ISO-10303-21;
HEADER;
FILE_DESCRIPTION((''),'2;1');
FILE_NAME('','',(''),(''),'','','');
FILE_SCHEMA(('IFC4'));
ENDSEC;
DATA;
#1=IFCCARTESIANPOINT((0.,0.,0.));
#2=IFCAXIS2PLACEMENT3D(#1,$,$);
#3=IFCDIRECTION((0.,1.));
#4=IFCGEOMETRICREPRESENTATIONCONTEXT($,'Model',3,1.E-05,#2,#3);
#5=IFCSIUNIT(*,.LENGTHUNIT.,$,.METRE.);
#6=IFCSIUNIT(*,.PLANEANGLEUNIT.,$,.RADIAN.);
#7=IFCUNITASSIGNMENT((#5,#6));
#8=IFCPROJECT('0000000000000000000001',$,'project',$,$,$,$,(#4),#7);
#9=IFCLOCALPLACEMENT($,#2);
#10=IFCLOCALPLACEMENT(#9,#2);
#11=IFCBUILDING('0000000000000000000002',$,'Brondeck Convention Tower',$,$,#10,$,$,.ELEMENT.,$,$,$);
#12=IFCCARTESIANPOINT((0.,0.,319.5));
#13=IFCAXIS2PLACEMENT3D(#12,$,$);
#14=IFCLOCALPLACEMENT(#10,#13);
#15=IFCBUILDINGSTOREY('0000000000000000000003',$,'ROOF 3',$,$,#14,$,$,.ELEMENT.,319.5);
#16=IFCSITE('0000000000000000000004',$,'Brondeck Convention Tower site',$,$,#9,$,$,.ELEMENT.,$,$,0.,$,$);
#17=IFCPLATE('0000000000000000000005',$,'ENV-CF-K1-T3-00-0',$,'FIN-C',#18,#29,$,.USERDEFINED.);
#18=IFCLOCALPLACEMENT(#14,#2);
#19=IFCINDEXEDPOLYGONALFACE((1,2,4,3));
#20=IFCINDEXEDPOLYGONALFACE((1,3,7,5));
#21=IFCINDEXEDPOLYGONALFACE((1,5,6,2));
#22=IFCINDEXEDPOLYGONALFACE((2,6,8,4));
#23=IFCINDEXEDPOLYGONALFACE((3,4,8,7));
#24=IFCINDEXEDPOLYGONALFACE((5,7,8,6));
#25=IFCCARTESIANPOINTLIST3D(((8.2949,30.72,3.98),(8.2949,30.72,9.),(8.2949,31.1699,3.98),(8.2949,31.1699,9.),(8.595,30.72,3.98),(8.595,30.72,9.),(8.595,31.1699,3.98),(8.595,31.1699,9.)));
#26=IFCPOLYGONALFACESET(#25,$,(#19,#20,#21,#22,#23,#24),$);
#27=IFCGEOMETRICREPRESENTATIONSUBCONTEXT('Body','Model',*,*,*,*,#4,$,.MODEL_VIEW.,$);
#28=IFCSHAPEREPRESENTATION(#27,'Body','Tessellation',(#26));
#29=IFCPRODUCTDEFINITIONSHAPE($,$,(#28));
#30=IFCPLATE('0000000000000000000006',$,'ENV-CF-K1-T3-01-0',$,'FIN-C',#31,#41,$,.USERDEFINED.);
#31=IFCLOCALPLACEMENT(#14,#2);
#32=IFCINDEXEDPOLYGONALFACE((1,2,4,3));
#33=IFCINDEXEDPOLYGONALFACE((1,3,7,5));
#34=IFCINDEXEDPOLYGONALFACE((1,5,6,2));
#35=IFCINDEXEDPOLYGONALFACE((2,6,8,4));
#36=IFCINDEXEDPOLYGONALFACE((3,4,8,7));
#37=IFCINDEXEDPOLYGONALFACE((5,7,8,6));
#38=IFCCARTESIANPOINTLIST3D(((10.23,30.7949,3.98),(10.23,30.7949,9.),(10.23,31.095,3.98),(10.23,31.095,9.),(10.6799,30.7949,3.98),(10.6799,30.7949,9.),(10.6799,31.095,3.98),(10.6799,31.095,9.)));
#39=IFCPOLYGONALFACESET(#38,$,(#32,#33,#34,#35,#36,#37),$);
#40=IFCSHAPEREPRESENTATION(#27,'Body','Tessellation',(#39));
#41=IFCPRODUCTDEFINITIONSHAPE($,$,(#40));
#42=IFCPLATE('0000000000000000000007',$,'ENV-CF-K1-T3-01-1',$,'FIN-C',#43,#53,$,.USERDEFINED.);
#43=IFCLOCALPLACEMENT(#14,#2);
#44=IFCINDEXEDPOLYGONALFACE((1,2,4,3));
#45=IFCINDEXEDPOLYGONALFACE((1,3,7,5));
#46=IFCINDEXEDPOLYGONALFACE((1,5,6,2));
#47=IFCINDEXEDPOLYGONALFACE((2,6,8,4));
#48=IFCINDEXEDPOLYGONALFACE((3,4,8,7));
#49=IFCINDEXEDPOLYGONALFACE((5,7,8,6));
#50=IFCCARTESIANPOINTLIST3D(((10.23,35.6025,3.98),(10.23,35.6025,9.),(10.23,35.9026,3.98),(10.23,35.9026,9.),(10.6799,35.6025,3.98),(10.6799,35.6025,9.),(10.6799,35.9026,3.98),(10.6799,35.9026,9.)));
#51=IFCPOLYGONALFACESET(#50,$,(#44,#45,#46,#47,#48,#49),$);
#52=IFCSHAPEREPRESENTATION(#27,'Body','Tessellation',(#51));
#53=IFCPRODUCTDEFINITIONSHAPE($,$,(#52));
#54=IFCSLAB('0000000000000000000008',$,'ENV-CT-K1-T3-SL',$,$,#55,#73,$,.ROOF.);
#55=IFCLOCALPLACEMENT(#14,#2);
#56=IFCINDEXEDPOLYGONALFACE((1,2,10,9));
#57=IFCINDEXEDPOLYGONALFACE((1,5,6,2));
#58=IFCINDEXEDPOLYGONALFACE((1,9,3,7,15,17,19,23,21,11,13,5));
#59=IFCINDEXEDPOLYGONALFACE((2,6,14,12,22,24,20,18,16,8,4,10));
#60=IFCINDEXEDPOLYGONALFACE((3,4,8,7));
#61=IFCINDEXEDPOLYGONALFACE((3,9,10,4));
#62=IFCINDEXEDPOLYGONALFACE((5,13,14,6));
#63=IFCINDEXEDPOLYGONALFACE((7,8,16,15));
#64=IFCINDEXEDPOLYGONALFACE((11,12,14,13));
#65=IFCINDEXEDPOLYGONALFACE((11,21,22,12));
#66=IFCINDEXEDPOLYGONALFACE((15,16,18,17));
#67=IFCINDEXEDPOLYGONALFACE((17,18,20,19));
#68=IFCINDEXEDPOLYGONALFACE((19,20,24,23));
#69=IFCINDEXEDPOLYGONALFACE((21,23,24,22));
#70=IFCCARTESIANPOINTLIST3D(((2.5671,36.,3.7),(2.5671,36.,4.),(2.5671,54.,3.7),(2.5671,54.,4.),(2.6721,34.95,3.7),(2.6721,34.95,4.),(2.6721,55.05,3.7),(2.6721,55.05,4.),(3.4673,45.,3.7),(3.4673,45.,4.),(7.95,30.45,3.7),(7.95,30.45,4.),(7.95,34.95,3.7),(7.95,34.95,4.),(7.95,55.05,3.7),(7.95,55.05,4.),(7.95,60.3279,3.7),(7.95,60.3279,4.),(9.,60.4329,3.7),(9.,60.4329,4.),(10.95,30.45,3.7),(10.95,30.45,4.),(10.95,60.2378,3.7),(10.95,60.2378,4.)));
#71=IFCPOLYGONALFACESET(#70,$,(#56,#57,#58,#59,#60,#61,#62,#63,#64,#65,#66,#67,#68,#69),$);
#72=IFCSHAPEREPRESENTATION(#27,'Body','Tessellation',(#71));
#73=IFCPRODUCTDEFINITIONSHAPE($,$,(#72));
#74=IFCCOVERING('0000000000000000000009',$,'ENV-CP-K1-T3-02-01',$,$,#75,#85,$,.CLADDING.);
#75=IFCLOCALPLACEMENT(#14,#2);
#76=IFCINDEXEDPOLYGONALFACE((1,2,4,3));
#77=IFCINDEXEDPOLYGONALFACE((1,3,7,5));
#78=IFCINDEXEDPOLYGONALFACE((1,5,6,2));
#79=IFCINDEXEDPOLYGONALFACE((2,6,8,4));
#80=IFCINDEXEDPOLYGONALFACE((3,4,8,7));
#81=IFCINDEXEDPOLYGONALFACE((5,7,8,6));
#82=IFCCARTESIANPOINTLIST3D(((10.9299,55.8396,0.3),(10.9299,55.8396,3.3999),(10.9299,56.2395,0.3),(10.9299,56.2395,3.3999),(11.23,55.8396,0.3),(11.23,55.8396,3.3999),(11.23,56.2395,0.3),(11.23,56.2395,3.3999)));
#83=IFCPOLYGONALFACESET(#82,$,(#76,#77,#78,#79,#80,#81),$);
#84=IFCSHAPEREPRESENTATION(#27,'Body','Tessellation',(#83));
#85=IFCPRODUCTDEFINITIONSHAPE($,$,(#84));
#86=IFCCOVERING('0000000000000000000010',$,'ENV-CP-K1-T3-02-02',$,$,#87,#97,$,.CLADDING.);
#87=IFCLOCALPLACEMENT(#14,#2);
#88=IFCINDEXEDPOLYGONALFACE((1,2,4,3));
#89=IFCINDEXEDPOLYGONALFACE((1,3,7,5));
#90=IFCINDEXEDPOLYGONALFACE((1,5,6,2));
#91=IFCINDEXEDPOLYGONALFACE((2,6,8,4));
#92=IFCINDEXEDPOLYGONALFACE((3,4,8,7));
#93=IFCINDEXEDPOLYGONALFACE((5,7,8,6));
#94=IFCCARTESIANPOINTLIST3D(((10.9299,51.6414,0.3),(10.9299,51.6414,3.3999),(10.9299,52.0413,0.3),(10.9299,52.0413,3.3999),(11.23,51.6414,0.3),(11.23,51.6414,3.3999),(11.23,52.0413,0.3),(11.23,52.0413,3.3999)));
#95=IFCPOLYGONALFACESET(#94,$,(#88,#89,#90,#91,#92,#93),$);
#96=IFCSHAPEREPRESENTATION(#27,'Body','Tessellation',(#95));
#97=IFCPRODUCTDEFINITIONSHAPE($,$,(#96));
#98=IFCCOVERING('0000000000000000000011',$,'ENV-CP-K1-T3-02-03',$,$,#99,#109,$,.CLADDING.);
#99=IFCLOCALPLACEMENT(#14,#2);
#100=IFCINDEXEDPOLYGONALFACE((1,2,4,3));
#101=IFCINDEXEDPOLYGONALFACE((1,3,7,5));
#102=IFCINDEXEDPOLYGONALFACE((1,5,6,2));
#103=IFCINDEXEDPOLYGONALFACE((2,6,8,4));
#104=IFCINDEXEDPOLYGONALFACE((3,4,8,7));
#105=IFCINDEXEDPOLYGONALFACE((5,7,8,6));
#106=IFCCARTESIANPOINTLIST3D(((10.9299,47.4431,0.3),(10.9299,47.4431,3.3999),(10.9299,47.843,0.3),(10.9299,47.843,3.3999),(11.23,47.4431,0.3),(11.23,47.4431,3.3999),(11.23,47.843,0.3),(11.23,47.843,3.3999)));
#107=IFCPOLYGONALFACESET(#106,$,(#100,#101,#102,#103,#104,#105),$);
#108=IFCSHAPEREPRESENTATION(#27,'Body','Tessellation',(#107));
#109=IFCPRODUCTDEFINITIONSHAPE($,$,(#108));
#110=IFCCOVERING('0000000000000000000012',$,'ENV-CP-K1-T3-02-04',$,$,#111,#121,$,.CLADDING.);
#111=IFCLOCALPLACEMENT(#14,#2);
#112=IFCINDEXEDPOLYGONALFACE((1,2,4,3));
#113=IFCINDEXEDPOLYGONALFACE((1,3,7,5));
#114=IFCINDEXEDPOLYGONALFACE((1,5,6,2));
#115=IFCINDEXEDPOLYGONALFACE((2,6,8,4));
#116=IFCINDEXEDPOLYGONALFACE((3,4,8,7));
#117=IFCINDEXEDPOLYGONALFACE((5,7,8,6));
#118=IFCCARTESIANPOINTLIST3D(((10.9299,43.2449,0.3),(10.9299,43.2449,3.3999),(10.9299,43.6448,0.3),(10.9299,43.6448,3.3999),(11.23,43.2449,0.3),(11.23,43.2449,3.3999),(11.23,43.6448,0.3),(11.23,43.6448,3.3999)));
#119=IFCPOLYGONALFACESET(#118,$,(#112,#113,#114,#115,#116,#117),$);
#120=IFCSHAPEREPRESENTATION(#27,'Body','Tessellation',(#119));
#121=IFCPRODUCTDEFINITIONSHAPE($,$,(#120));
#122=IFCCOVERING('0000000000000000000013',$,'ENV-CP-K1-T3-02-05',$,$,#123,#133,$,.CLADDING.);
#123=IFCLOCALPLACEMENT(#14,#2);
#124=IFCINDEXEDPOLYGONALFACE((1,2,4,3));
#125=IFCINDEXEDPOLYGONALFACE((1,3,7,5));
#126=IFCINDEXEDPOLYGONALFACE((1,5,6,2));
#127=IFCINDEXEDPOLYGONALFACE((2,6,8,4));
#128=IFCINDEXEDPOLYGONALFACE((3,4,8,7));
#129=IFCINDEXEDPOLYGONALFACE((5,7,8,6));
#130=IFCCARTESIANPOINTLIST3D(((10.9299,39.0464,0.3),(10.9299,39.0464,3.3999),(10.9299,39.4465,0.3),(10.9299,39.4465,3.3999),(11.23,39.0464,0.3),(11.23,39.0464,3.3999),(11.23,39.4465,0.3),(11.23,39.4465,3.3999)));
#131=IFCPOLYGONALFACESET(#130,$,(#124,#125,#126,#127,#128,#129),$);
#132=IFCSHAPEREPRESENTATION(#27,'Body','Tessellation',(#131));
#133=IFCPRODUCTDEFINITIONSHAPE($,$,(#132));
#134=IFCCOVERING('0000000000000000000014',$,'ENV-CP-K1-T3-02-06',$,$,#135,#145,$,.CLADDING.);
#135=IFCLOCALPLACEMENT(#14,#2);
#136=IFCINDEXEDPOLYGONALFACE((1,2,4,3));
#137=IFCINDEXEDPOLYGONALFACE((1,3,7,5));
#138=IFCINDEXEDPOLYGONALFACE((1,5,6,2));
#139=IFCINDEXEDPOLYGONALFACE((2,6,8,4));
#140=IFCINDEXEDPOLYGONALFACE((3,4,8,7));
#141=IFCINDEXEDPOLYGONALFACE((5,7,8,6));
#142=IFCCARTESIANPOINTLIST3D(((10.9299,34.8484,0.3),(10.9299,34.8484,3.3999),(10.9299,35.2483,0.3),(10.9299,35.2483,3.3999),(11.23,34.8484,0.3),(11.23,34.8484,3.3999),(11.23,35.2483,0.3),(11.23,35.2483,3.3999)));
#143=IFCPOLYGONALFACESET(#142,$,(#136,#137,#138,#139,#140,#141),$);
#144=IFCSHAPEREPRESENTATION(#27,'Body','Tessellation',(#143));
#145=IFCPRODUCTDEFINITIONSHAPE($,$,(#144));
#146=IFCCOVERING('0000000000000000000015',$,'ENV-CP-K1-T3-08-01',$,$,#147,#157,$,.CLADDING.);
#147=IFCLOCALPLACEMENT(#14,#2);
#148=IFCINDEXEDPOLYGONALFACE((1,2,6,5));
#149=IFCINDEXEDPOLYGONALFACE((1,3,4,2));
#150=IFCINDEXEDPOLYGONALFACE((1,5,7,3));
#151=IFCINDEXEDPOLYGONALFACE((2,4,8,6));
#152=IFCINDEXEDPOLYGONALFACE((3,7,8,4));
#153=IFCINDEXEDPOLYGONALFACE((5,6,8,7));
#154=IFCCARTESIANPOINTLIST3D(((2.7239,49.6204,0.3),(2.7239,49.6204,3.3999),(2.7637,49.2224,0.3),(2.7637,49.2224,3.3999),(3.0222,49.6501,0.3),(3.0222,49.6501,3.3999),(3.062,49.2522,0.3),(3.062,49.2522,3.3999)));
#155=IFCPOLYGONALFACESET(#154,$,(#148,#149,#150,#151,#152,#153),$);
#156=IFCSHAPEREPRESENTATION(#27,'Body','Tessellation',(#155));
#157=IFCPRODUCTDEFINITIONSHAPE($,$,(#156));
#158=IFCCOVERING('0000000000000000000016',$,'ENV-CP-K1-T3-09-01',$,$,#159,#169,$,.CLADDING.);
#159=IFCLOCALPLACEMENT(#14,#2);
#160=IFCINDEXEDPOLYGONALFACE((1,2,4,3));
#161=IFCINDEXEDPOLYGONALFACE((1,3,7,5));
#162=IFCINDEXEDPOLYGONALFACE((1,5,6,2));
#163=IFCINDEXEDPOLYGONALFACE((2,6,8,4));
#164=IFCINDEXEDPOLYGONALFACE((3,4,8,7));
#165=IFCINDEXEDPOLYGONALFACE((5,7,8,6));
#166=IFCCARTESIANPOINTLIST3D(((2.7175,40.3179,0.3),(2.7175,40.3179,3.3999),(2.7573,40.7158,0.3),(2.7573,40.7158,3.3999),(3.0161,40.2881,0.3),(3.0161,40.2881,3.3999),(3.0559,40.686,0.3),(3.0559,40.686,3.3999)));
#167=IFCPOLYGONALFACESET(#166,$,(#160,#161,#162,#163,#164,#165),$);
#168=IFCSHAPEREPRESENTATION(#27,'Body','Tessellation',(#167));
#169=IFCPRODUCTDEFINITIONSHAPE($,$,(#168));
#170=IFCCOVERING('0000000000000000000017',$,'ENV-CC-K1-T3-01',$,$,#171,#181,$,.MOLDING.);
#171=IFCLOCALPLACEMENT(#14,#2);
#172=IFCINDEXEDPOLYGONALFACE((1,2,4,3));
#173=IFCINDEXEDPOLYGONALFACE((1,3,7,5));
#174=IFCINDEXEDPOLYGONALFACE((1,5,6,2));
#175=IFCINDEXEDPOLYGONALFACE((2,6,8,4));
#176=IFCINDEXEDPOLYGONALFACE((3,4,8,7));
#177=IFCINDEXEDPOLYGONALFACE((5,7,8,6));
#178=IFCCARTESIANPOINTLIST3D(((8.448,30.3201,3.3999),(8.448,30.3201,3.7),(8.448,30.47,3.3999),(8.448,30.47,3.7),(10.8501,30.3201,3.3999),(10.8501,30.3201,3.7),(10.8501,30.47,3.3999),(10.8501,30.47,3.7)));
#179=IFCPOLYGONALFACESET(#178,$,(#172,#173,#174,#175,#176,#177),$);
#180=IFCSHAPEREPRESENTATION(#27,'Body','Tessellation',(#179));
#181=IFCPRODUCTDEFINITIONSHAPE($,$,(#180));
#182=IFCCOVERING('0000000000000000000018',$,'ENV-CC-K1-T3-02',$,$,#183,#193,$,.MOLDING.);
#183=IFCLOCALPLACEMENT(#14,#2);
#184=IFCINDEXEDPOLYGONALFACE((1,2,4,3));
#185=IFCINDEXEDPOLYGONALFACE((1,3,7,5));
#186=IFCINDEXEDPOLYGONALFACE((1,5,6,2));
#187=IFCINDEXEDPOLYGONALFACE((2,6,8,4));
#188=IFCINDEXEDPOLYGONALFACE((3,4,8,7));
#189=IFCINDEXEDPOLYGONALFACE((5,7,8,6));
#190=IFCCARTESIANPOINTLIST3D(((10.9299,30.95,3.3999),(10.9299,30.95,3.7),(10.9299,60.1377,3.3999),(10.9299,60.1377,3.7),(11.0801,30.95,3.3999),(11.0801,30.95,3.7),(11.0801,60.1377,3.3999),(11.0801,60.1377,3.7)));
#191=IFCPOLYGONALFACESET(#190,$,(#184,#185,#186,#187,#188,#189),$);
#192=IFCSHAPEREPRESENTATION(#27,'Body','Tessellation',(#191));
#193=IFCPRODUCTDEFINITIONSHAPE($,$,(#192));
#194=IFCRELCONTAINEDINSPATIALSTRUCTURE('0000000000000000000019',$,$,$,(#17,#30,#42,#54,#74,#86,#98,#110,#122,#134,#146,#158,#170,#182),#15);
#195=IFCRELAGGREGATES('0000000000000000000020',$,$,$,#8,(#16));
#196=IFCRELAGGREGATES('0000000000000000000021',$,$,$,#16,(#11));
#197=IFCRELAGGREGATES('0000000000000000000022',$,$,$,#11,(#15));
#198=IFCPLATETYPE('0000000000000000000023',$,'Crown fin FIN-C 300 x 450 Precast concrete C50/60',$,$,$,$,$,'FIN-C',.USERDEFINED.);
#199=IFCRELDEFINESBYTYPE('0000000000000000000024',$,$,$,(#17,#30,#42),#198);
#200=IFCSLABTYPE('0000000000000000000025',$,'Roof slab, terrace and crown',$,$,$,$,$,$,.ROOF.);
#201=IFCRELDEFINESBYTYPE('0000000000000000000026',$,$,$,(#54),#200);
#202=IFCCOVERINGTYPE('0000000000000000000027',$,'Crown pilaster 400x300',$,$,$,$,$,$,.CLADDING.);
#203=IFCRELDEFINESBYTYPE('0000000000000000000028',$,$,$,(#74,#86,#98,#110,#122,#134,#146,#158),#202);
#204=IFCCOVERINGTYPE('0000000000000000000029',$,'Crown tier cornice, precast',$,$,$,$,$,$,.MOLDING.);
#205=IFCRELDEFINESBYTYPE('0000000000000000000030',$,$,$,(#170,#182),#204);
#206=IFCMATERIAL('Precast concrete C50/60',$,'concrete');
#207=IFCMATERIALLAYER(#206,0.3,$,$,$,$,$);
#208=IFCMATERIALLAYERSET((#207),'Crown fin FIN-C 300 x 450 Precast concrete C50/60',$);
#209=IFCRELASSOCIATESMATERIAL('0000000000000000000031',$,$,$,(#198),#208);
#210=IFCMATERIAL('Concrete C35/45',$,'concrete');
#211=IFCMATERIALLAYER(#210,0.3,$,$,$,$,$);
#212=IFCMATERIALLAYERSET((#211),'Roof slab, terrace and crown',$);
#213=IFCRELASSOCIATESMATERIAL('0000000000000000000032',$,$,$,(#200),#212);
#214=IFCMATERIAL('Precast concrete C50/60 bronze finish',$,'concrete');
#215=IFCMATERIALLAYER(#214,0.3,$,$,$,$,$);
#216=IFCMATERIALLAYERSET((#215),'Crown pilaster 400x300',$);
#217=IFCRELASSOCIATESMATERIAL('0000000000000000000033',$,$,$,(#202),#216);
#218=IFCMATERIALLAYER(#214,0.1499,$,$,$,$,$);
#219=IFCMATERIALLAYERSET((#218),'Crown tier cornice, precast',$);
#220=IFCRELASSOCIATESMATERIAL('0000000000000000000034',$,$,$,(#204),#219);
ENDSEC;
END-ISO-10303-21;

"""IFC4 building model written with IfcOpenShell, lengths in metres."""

from ifc_helpers import new_model, si_unit, direction, frame, origin, place, context, subcontext, project, spatial, polyline, outline, extrude, material, layer, layer_set, type_object, element, save


model = new_model("IFC4")

# Units and contexts
model_context = context("Model", 3, precision=1e-05, world=origin(), true_north=direction((0.0, 1.0)))
body_context = subcontext(model_context, "Body", "Model", "MODEL_VIEW")
ifc_project = project(units=[si_unit("LENGTHUNIT", "METRE"), si_unit("PLANEANGLEUNIT", "RADIAN")], contexts=[model_context])

# Site, building, storey
site_placement = place(None, origin())
site = spatial("IfcSite", under=ifc_project, at=site_placement, Name="Brondeck Convention Tower site", CompositionType="ELEMENT", RefElevation=0.0)
building_placement = place(site_placement, origin())
building = spatial("IfcBuilding", under=site, at=building_placement, Name="Brondeck Convention Tower", CompositionType="ELEMENT")
storey_placement = place(building_placement, frame((0.0, 0.0, 319.5)))
storey = spatial("IfcBuildingStorey", under=building, at=storey_placement, Name="ROOF 3", CompositionType="ELEMENT", Elevation=319.5)

# Plates
ifc_material_1 = material(Name="Precast concrete C50/60", Category="concrete")
ifc_layer_1 = layer(ifc_material_1, 0.3)
ifc_layer_set_1 = layer_set([ifc_layer_1], Name="Crown fin FIN-C 300 x 450 Precast concrete C50/60")
plate_type = type_object("IfcPlateType", Name="Crown fin FIN-C 300 x 450 Precast concrete C50/60", ElementType="FIN-C", PredefinedType="USERDEFINED", material=ifc_layer_set_1)
plate_1_placement = place(storey_placement, frame((0.0, 0.0, 3.98)))
element("IfcPlate", 1, at=plate_1_placement, inside=storey, type_object=plate_type, Name="ENV-CF-K1-T3-00-0", ObjectType="FIN-C", PredefinedType="USERDEFINED", context=body_context, shape_type="SweptSolid", body=[
    extrude(outline(polyline([(8.595, 31.1699), (8.2949, 31.1699), (8.2949, 30.72), (8.595, 30.72), (8.595, 31.1699)])), origin(), (0.0, 0.0, 1.0), 5.02),
])
plate_2_placement = place(storey_placement, frame((0.0, 0.0, 3.98)))
element("IfcPlate", 2, at=plate_2_placement, inside=storey, type_object=plate_type, Name="ENV-CF-K1-T3-01-0", ObjectType="FIN-C", PredefinedType="USERDEFINED", context=body_context, shape_type="SweptSolid", body=[
    extrude(outline(polyline([(10.23, 31.095), (10.23, 30.7949), (10.6799, 30.7949), (10.6799, 31.095), (10.23, 31.095)])), origin(), (0.0, 0.0, 1.0), 5.02),
])
plate_3_placement = place(storey_placement, frame((0.0, 0.0, 3.98)))
element("IfcPlate", 3, at=plate_3_placement, inside=storey, type_object=plate_type, Name="ENV-CF-K1-T3-01-1", ObjectType="FIN-C", PredefinedType="USERDEFINED", context=body_context, shape_type="SweptSolid", body=[
    extrude(outline(polyline([(10.23, 35.9026), (10.23, 35.6025), (10.6799, 35.6025), (10.6799, 35.9026), (10.23, 35.9026)])), origin(), (0.0, 0.0, 1.0), 5.02),
])

# Slab
ifc_material_2 = material(Name="Concrete C35/45", Category="concrete")
ifc_layer_2 = layer(ifc_material_2, 0.3)
ifc_layer_set_2 = layer_set([ifc_layer_2], Name="Roof slab, terrace and crown")
slab_type = type_object("IfcSlabType", Name="Roof slab, terrace and crown", PredefinedType="ROOF", material=ifc_layer_set_2)
slab_placement = place(storey_placement, frame((0.0, 0.0, 3.7)))
element("IfcSlab", 4, at=slab_placement, inside=storey, type_object=slab_type, Name="ENV-CT-K1-T3-SL", PredefinedType="ROOF", context=body_context, shape_type="SweptSolid", body=[
    extrude(outline(polyline([(7.95, 30.45), (10.95, 30.45), (10.95, 60.2378), (9.0, 60.4329), (7.95, 60.3279), (7.95, 55.05), (2.6721, 55.05), (2.5671, 54.0), (3.4673, 45.0), (2.5671, 36.0), (2.6721, 34.95), (7.95, 34.95), (7.95, 30.45)])), origin(), (0.0, 0.0, 1.0), 0.3),
])

# Coverings
ifc_material_3 = material(Name="Precast concrete C50/60 bronze finish", Category="concrete")
ifc_layer_3 = layer(ifc_material_3, 0.3)
ifc_layer_set_3 = layer_set([ifc_layer_3], Name="Crown pilaster 400x300")
covering_type_1 = type_object("IfcCoveringType", Name="Crown pilaster 400x300", PredefinedType="CLADDING", material=ifc_layer_set_3)
covering_1_placement = place(storey_placement, frame((0.0, 0.0, 0.3)))
element("IfcCovering", 5, at=covering_1_placement, inside=storey, type_object=covering_type_1, Name="ENV-CP-K1-T3-02-01", PredefinedType="CLADDING", context=body_context, shape_type="SweptSolid", body=[
    extrude(outline(polyline([(11.23, 55.8396), (11.23, 56.2395), (10.9299, 56.2395), (10.9299, 55.8396), (11.23, 55.8396)])), origin(), (0.0, 0.0, 1.0), 3.0999),
])
covering_2_placement = place(storey_placement, frame((0.0, 0.0, 0.3)))
element("IfcCovering", 6, at=covering_2_placement, inside=storey, type_object=covering_type_1, Name="ENV-CP-K1-T3-02-02", PredefinedType="CLADDING", context=body_context, shape_type="SweptSolid", body=[
    extrude(outline(polyline([(11.23, 51.6414), (11.23, 52.0413), (10.9299, 52.0413), (10.9299, 51.6414), (11.23, 51.6414)])), origin(), (0.0, 0.0, 1.0), 3.0999),
])
covering_3_placement = place(storey_placement, frame((0.0, 0.0, 0.3)))
element("IfcCovering", 7, at=covering_3_placement, inside=storey, type_object=covering_type_1, Name="ENV-CP-K1-T3-02-03", PredefinedType="CLADDING", context=body_context, shape_type="SweptSolid", body=[
    extrude(outline(polyline([(11.23, 47.4431), (11.23, 47.843), (10.9299, 47.843), (10.9299, 47.4431), (11.23, 47.4431)])), origin(), (0.0, 0.0, 1.0), 3.0999),
])
covering_4_placement = place(storey_placement, frame((0.0, 0.0, 0.3)))
element("IfcCovering", 8, at=covering_4_placement, inside=storey, type_object=covering_type_1, Name="ENV-CP-K1-T3-02-04", PredefinedType="CLADDING", context=body_context, shape_type="SweptSolid", body=[
    extrude(outline(polyline([(11.23, 43.2449), (11.23, 43.6448), (10.9299, 43.6448), (10.9299, 43.2449), (11.23, 43.2449)])), origin(), (0.0, 0.0, 1.0), 3.0999),
])
covering_5_placement = place(storey_placement, frame((0.0, 0.0, 0.3)))
element("IfcCovering", 9, at=covering_5_placement, inside=storey, type_object=covering_type_1, Name="ENV-CP-K1-T3-02-05", PredefinedType="CLADDING", context=body_context, shape_type="SweptSolid", body=[
    extrude(outline(polyline([(11.23, 39.0464), (11.23, 39.4465), (10.9299, 39.4465), (10.9299, 39.0464), (11.23, 39.0464)])), origin(), (0.0, 0.0, 1.0), 3.0999),
])
covering_6_placement = place(storey_placement, frame((0.0, 0.0, 0.3)))
element("IfcCovering", 10, at=covering_6_placement, inside=storey, type_object=covering_type_1, Name="ENV-CP-K1-T3-02-06", PredefinedType="CLADDING", context=body_context, shape_type="SweptSolid", body=[
    extrude(outline(polyline([(11.23, 34.8484), (11.23, 35.2483), (10.9299, 35.2483), (10.9299, 34.8484), (11.23, 34.8484)])), origin(), (0.0, 0.0, 1.0), 3.0999),
])
covering_7_placement = place(storey_placement, frame((0.0, 0.0, 0.3)))
element("IfcCovering", 11, at=covering_7_placement, inside=storey, type_object=covering_type_1, Name="ENV-CP-K1-T3-08-01", PredefinedType="CLADDING", context=body_context, shape_type="SweptSolid", body=[
    extrude(outline(polyline([(2.7239, 49.6204), (2.7637, 49.2224), (3.062, 49.2522), (3.0222, 49.6501), (2.7239, 49.6204)])), origin(), (0.0, 0.0, 1.0), 3.0999),
])
covering_8_placement = place(storey_placement, frame((0.0, 0.0, 0.3)))
element("IfcCovering", 12, at=covering_8_placement, inside=storey, type_object=covering_type_1, Name="ENV-CP-K1-T3-09-01", PredefinedType="CLADDING", context=body_context, shape_type="SweptSolid", body=[
    extrude(outline(polyline([(2.7573, 40.7158), (2.7175, 40.3179), (3.0161, 40.2881), (3.0559, 40.686), (2.7573, 40.7158)])), origin(), (0.0, 0.0, 1.0), 3.0999),
])
ifc_layer_4 = layer(ifc_material_3, 0.1499)
ifc_layer_set_4 = layer_set([ifc_layer_4], Name="Crown tier cornice, precast")
covering_type_2 = type_object("IfcCoveringType", Name="Crown tier cornice, precast", PredefinedType="MOLDING", material=ifc_layer_set_4)
covering_9_placement = place(storey_placement, frame((0.0, 0.0, 3.3999)))
element("IfcCovering", 13, at=covering_9_placement, inside=storey, type_object=covering_type_2, Name="ENV-CC-K1-T3-01", PredefinedType="MOLDING", context=body_context, shape_type="SweptSolid", body=[
    extrude(outline(polyline([(8.448, 30.3201), (10.8501, 30.3201), (10.8501, 30.47), (8.448, 30.47), (8.448, 30.3201)])), origin(), (0.0, 0.0, 1.0), 0.3),
])
covering_10_placement = place(storey_placement, frame((0.0, 0.0, 3.3999)))
element("IfcCovering", 14, at=covering_10_placement, inside=storey, type_object=covering_type_2, Name="ENV-CC-K1-T3-02", PredefinedType="MOLDING", context=body_context, shape_type="SweptSolid", body=[
    extrude(outline(polyline([(11.0801, 30.95), (11.0801, 60.1377), (10.9299, 60.1377), (10.9299, 30.95), (11.0801, 30.95)])), origin(), (0.0, 0.0, 1.0), 0.3),
])

save(model, "model.ifc")
